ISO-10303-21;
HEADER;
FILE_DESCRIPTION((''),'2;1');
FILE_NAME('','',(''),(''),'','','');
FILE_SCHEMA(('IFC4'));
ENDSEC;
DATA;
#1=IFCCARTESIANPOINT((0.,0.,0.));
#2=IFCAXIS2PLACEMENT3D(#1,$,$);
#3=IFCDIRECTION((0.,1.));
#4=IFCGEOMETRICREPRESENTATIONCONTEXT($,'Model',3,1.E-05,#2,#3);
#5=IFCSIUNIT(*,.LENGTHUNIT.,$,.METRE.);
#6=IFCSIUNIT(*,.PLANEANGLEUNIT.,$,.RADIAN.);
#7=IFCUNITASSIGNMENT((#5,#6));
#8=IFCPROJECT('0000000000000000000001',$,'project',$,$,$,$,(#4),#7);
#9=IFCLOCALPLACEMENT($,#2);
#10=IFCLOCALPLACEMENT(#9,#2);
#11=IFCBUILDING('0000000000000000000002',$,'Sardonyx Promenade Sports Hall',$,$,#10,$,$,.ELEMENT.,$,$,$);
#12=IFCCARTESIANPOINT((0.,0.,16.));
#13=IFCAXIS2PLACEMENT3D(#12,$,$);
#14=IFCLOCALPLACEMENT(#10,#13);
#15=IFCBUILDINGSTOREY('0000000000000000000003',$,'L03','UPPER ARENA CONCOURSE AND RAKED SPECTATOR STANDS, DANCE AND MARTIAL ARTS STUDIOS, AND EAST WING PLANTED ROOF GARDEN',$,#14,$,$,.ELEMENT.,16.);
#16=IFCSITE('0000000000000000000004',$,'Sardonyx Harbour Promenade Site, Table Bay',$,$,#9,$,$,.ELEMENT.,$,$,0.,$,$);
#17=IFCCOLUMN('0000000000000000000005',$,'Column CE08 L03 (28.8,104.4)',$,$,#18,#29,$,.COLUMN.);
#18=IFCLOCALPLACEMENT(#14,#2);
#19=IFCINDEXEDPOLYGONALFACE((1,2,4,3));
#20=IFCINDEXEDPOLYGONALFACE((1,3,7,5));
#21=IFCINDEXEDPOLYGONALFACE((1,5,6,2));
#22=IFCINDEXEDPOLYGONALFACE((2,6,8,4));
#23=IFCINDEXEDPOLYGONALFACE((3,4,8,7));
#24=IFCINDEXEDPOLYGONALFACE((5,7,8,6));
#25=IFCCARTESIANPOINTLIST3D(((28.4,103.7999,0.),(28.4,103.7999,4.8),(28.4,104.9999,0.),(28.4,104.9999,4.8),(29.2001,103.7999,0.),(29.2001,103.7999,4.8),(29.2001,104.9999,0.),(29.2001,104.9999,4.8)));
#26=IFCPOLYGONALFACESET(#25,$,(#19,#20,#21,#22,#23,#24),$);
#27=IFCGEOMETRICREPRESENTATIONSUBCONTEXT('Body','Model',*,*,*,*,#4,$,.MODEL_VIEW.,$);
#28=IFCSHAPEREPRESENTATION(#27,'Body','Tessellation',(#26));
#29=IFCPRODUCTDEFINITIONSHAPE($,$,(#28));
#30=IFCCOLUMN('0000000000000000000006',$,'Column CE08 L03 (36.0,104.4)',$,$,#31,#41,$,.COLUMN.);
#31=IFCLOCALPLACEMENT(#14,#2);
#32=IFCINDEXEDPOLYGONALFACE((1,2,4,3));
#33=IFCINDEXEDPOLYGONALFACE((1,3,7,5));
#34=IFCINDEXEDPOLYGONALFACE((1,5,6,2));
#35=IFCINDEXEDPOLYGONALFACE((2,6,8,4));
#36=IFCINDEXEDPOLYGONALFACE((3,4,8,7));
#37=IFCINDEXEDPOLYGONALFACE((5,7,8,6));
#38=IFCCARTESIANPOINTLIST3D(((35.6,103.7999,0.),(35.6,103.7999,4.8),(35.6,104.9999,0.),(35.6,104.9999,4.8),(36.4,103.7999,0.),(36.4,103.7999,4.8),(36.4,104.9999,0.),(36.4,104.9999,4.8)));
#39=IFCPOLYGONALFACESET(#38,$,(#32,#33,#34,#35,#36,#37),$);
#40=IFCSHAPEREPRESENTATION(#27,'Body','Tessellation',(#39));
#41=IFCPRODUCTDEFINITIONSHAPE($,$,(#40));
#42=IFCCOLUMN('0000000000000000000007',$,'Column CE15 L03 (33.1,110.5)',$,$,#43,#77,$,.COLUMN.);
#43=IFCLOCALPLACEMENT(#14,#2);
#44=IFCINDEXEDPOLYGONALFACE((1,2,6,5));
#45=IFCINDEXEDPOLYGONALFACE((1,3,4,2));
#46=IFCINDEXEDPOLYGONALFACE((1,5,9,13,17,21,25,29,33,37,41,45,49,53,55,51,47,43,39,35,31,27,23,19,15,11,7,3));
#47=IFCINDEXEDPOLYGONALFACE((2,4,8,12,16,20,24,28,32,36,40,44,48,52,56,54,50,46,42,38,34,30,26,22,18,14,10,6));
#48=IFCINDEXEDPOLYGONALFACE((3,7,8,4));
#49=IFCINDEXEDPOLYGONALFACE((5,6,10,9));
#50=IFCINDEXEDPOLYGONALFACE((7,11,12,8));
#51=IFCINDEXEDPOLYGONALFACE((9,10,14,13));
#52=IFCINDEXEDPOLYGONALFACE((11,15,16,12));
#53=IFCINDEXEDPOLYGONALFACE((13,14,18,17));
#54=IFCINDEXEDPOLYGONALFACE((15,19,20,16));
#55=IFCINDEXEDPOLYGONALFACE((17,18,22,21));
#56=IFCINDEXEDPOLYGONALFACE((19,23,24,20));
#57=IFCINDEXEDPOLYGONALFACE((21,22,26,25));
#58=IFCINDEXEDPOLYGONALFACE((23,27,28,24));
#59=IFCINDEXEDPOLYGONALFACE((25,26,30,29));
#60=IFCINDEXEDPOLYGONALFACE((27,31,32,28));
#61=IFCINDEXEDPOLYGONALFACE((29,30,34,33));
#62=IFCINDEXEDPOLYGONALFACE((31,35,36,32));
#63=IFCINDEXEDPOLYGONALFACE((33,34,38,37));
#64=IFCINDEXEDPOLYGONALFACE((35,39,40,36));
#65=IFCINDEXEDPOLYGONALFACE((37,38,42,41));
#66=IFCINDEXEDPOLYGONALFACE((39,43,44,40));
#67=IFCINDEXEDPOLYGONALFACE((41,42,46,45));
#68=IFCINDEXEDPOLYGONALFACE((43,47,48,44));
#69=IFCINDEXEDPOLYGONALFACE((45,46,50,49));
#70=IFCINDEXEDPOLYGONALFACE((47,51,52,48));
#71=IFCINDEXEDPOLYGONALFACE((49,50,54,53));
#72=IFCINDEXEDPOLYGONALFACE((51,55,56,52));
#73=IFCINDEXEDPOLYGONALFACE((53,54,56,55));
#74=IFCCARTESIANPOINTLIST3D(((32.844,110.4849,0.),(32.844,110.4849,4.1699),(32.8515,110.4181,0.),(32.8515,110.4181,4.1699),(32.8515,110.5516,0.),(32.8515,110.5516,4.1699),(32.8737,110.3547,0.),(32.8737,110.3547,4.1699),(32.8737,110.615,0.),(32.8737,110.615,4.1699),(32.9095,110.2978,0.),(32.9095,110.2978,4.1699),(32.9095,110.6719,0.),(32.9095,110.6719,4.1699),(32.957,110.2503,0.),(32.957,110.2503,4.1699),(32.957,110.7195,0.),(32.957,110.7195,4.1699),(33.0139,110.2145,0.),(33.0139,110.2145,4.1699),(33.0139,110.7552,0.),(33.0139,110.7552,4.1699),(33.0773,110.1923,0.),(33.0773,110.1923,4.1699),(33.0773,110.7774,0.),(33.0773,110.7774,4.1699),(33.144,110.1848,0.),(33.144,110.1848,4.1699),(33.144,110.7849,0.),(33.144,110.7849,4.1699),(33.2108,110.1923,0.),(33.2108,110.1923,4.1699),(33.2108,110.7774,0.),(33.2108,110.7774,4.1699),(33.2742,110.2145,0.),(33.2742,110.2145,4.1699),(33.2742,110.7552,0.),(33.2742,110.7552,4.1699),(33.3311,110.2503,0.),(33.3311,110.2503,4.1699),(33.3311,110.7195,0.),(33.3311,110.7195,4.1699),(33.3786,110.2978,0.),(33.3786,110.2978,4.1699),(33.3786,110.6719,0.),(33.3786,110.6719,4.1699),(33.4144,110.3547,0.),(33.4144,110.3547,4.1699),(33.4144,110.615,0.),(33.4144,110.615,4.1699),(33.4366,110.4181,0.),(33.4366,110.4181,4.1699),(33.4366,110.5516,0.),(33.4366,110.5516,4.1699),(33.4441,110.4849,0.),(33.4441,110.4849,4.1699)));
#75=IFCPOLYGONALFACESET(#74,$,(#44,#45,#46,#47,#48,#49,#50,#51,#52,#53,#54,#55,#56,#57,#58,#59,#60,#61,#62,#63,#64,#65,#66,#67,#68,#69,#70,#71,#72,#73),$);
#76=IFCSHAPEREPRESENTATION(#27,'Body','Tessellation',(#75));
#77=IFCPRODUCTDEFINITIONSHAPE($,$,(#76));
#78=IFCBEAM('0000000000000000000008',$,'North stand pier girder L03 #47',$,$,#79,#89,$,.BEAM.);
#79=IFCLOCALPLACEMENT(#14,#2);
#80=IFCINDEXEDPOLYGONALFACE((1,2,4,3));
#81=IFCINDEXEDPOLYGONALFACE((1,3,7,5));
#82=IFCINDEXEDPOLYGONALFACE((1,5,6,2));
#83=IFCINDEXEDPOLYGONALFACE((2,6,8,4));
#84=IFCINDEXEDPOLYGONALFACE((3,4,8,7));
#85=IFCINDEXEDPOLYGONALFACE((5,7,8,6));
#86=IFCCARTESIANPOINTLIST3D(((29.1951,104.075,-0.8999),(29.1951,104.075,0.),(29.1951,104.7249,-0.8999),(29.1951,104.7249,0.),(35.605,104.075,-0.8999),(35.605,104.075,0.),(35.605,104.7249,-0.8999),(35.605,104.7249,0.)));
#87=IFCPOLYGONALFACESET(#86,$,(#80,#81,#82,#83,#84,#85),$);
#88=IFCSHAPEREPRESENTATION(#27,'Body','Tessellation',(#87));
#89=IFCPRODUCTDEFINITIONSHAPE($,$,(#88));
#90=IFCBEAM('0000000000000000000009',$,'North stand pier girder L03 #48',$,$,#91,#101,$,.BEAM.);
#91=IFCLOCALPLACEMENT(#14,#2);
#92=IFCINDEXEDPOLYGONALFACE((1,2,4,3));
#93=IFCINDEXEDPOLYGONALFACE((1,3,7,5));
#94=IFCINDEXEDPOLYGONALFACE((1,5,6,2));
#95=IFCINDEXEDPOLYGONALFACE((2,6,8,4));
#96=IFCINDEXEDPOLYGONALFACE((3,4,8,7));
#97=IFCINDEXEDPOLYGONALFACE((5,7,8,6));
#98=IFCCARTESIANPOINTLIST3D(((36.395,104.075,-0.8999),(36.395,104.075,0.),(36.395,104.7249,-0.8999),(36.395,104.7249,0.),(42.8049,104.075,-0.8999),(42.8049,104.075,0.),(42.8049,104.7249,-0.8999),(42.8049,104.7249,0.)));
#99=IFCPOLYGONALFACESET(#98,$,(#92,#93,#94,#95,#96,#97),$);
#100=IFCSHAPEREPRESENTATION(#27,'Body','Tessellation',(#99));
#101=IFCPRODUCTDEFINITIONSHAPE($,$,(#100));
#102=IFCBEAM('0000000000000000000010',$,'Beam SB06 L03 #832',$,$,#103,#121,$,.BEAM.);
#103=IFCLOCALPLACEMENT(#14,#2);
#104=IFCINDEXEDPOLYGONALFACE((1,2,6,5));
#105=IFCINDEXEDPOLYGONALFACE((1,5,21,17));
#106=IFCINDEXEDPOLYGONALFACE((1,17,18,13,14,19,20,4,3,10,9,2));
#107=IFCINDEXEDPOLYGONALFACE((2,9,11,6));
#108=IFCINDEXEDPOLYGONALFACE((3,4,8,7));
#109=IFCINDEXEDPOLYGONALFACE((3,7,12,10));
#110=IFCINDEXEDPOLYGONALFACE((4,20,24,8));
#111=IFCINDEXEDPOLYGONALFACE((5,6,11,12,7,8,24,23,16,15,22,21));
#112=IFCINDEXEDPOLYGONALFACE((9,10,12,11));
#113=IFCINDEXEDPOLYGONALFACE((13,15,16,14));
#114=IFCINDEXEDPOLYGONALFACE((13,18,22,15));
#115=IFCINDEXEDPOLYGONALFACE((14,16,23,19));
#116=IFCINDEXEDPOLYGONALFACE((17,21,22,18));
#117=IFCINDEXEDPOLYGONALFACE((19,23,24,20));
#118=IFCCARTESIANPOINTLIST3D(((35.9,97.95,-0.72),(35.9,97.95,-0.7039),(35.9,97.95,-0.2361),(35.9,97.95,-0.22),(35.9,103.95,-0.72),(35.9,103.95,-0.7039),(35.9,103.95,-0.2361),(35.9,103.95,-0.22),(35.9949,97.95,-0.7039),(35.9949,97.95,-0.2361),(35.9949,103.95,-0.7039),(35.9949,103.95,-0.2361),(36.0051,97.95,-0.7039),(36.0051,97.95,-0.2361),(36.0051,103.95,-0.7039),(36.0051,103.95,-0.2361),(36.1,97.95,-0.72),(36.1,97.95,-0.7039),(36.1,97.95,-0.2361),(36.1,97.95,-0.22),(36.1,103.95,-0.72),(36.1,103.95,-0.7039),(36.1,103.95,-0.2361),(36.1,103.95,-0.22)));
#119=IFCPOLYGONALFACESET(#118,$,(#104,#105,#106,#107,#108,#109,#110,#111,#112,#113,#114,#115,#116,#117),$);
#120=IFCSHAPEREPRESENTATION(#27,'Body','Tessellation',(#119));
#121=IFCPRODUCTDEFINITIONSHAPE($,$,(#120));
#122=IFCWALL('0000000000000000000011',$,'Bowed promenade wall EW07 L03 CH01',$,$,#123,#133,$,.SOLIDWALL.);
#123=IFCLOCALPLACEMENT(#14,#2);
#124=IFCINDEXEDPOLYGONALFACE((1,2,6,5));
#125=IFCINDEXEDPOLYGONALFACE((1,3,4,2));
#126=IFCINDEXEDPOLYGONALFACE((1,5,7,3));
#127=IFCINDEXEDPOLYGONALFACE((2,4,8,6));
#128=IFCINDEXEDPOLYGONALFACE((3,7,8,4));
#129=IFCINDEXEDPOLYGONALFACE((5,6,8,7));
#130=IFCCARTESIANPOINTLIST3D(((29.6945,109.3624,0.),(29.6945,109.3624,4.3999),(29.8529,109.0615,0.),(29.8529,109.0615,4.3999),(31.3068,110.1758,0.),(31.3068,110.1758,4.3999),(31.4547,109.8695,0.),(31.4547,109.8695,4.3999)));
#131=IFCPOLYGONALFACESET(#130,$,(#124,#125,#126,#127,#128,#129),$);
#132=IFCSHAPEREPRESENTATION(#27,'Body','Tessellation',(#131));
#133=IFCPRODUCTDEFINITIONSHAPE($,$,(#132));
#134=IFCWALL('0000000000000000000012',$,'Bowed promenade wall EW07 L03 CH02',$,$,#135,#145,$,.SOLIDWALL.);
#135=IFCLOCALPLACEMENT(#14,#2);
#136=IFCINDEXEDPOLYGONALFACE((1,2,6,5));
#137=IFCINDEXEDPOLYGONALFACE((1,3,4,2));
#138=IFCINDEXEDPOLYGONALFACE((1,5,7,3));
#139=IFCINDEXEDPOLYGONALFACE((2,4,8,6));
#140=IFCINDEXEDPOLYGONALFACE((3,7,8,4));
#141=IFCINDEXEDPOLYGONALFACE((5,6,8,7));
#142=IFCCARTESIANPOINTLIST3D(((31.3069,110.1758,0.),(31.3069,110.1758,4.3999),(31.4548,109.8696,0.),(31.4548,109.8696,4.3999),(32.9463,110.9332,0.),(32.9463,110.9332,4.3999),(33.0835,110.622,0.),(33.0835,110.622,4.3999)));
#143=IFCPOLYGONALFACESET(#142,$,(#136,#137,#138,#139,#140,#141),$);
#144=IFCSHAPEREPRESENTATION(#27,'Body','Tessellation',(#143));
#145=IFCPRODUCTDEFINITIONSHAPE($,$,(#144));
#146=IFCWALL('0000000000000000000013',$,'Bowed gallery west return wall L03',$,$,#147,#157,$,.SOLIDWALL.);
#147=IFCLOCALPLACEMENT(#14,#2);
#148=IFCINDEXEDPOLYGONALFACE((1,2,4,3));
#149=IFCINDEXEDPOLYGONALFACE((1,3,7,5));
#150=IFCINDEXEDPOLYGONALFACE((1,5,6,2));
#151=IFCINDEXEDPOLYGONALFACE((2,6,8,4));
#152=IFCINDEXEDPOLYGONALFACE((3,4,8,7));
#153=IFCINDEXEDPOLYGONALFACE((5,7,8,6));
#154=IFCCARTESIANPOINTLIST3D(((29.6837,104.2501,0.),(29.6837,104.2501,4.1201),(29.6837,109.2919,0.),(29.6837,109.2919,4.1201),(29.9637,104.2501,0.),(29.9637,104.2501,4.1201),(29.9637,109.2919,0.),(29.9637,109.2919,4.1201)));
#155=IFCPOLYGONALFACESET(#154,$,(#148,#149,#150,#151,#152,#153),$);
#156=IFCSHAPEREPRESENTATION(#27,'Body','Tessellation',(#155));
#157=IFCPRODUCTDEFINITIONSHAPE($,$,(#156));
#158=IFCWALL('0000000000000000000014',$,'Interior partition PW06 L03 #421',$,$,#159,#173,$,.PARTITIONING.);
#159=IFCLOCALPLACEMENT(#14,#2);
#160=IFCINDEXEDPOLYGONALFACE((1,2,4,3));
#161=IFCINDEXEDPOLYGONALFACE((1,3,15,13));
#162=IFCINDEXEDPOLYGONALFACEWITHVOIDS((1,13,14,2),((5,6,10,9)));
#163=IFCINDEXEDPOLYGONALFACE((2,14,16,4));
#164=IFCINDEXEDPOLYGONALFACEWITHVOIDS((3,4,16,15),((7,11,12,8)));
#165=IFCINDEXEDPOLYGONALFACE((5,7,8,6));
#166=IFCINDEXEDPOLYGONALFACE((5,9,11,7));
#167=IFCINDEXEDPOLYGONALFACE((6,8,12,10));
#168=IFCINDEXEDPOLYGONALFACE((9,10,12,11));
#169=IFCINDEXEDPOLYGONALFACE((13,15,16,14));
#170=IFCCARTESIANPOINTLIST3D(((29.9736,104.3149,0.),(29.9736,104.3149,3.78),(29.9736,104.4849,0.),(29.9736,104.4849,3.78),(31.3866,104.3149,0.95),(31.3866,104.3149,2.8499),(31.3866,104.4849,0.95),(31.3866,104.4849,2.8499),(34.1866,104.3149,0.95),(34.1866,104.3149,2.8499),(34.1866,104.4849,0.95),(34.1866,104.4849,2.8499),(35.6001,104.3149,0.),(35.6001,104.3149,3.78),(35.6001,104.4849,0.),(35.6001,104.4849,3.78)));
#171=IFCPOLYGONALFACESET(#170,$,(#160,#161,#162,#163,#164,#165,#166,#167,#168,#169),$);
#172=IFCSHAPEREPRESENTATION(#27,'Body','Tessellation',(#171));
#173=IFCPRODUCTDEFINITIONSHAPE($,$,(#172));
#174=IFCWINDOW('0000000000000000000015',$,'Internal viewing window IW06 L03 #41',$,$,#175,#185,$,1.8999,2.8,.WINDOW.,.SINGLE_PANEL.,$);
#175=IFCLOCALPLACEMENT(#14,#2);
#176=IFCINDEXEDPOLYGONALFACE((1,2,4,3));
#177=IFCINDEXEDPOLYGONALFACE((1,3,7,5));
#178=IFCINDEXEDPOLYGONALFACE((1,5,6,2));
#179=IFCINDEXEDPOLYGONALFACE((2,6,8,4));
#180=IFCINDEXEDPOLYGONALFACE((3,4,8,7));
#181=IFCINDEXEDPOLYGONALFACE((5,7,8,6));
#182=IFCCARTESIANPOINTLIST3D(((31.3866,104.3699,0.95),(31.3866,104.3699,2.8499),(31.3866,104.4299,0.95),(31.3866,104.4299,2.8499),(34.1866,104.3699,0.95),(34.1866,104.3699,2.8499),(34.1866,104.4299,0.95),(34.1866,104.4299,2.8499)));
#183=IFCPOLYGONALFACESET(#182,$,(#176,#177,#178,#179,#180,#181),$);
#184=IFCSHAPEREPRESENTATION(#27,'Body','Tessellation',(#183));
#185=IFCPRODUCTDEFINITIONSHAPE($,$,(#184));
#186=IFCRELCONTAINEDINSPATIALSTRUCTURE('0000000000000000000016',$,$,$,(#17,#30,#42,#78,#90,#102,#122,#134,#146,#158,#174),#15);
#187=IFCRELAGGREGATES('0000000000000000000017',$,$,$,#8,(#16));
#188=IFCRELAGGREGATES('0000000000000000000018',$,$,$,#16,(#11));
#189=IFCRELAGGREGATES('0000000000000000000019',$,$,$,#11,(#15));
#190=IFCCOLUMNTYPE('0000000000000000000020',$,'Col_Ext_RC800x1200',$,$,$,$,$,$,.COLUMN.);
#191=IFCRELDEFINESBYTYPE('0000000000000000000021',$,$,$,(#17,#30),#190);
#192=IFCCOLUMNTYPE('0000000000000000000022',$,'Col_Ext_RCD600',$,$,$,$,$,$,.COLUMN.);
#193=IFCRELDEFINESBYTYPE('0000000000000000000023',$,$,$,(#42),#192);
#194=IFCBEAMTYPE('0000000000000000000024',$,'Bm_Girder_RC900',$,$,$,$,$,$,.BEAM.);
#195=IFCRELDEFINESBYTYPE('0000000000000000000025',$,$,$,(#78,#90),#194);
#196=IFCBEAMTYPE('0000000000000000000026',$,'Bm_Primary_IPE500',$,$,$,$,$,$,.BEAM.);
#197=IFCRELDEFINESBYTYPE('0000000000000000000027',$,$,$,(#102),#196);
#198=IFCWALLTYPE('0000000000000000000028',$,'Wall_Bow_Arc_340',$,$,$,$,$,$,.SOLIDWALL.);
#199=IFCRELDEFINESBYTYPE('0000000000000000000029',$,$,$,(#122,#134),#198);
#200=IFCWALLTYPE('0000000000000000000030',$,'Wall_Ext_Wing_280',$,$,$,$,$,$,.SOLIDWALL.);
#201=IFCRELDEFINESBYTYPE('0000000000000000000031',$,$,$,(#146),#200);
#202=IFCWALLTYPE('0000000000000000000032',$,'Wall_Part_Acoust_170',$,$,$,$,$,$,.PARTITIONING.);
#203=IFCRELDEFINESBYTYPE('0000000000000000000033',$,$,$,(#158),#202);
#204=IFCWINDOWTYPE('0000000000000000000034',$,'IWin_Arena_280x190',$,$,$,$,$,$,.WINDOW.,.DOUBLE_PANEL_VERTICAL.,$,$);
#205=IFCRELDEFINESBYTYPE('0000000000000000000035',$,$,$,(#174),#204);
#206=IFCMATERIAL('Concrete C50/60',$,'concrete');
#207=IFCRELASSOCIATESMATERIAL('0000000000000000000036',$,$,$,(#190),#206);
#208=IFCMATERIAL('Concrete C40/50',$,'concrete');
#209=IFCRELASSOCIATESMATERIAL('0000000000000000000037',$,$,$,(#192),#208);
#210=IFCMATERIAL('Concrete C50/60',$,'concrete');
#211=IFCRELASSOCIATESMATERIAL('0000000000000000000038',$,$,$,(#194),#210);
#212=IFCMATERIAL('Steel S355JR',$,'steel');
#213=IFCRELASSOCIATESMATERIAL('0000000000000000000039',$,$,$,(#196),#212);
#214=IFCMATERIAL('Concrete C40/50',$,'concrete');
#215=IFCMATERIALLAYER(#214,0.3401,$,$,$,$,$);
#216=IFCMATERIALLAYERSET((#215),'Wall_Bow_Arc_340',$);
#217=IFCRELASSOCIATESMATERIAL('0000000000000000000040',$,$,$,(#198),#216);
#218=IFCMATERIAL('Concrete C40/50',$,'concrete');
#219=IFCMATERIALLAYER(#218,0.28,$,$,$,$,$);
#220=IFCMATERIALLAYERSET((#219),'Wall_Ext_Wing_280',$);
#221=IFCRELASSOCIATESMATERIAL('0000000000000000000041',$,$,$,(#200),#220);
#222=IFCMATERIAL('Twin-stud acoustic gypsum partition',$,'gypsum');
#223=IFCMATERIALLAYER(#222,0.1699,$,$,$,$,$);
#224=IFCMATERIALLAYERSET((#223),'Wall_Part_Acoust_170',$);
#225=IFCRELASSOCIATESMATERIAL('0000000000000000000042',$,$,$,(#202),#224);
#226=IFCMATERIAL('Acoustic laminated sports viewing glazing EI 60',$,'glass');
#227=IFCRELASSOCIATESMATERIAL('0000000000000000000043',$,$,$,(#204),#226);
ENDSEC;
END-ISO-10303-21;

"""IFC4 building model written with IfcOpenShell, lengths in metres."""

from ifc_helpers import new_model, si_unit, direction, frame, frame_2d, origin, origin_2d, place, context, subcontext, project, spatial, polyline, rectangle, circle, i_section, outline, extrude, material, layer, layer_set, material_profile, profile_set, type_object, element, fill, save


model = new_model("IFC4")

# Units and contexts
model_context = context("Model", 3, precision=1e-05, world=origin(), true_north=direction((0.0, 1.0)))
body_context = subcontext(model_context, "Body", "Model", "MODEL_VIEW")
ifc_project = project(units=[si_unit("LENGTHUNIT", "METRE"), si_unit("PLANEANGLEUNIT", "RADIAN")], contexts=[model_context])

# Site, building, storey
site_placement = place(None, origin())
site = spatial("IfcSite", under=ifc_project, at=site_placement, Name="Sardonyx Harbour Promenade Site, Table Bay", CompositionType="ELEMENT", RefElevation=0.0)
building_placement = place(site_placement, origin())
building = spatial("IfcBuilding", under=site, at=building_placement, Name="Sardonyx Promenade Sports Hall", CompositionType="ELEMENT")
storey_placement = place(building_placement, frame((0.0, 0.0, 16.0)))
storey = spatial("IfcBuildingStorey", under=building, at=storey_placement, Name="L03", Description="UPPER ARENA CONCOURSE AND RAKED SPECTATOR STANDS, DANCE AND MARTIAL ARTS STUDIOS, AND EAST WING PLANTED ROOF GARDEN", CompositionType="ELEMENT", Elevation=16.0)

# Columns
ifc_material_1 = material(Name="Concrete C50/60", Category="concrete")
ifc_material_profile_1 = material_profile(ifc_material_1, rectangle(XDim=0.8, YDim=1.2, at=origin_2d()))
ifc_profile_set_1 = profile_set([ifc_material_profile_1], Name="Concrete C50/60")
column_type_1 = type_object("IfcColumnType", Name="Col_Ext_RC800x1200", PredefinedType="COLUMN", material=ifc_profile_set_1)
for number, where, z_axis, x_axis, name in (
    (1, (28.8, 104.3999, 0.0), (0.0, 0.0, 1.0), (1.0, 0.0, 0.0), "Column CE08 L03 (28.8,104.4)"),
    (2, (36.0, 104.3999, 0.0), (0.0, 0.0, 1.0), (1.0, 0.0, 0.0), "Column CE08 L03 (36.0,104.4)"),
):
    element("IfcColumn", number, at=place(storey_placement, frame(where, z_axis=z_axis, x_axis=x_axis)), inside=storey, type_object=column_type_1, Name=name, PredefinedType="COLUMN", context=body_context, shape_type="SweptSolid", body=[
        extrude(rectangle(XDim=0.8, YDim=1.2, at=origin_2d()), origin(), (0.0, 0.0, 1.0), 4.8),
    ])
ifc_material_2 = material(Name="Concrete C40/50", Category="concrete")
ifc_material_profile_2 = material_profile(ifc_material_2, circle(Radius=0.3, at=origin_2d()))
ifc_profile_set_2 = profile_set([ifc_material_profile_2], Name="Concrete C40/50")
column_type_2 = type_object("IfcColumnType", Name="Col_Ext_RCD600", PredefinedType="COLUMN", material=ifc_profile_set_2)
column_placement = place(storey_placement, frame((33.144, 110.4849, 0.0), z_axis=(0.0, 0.0, 1.0), x_axis=(1.0, 0.0, 0.0)))
element("IfcColumn", 3, at=column_placement, inside=storey, type_object=column_type_2, Name="Column CE15 L03 (33.1,110.5)", PredefinedType="COLUMN", context=body_context, shape_type="SweptSolid", body=[
    extrude(circle(Radius=0.3, at=origin_2d()), origin(), (0.0, 0.0, 1.0), 4.1699),
])

# Beams
ifc_material_3 = material(Name="Concrete C50/60", Category="concrete")
ifc_material_profile_3 = material_profile(ifc_material_3, rectangle(XDim=0.6499, YDim=0.8999, at=origin_2d()))
ifc_profile_set_3 = profile_set([ifc_material_profile_3], Name="Concrete C50/60")
beam_type_1 = type_object("IfcBeamType", Name="Bm_Girder_RC900", PredefinedType="BEAM", material=ifc_profile_set_3)
for number, where, z_axis, x_axis, name in (
    (4, (29.1951, 104.3999, -0.45), (1.0, 0.0, 0.0), (0.0, 1.0, 0.0), "North stand pier girder L03 #47"),
    (5, (36.395, 104.3999, -0.45), (1.0, 0.0, 0.0), (0.0, 1.0, 0.0), "North stand pier girder L03 #48"),
):
    element("IfcBeam", number, at=place(storey_placement, frame(where, z_axis=z_axis, x_axis=x_axis)), inside=storey, type_object=beam_type_1, Name=name, PredefinedType="BEAM", context=body_context, shape_type="SweptSolid", body=[
        extrude(rectangle(XDim=0.6499, YDim=0.8999, at=origin_2d()), origin(), (0.0, 0.0, 1.0), 6.4099),
    ])
ifc_material_4 = material(Name="Steel S355JR", Category="steel")
ifc_material_profile_4 = material_profile(ifc_material_4, i_section(OverallWidth=0.2, OverallDepth=0.5, WebThickness=0.0103, FlangeThickness=0.0161, at=origin_2d()))
ifc_profile_set_4 = profile_set([ifc_material_profile_4], Name="Steel S355JR")
beam_type_2 = type_object("IfcBeamType", Name="Bm_Primary_IPE500", PredefinedType="BEAM", material=ifc_profile_set_4)
beam_placement = place(storey_placement, frame((36.0, 97.95, -0.47), z_axis=(0.0, 1.0, 0.0), x_axis=(-1.0, 0.0, 0.0)))
element("IfcBeam", 6, at=beam_placement, inside=storey, type_object=beam_type_2, Name="Beam SB06 L03 #832", PredefinedType="BEAM", context=body_context, shape_type="SweptSolid", body=[
    extrude(i_section(OverallWidth=0.2, OverallDepth=0.5, WebThickness=0.0103, FlangeThickness=0.0161, at=origin_2d()), origin(), (0.0, 0.0, 1.0), 6.0),
])

# Walls
ifc_material_5 = material(Name="Concrete C40/50", Category="concrete")
ifc_layer_1 = layer(ifc_material_5, 0.3401)
ifc_layer_set_1 = layer_set([ifc_layer_1], Name="Wall_Bow_Arc_340")
wall_type_1 = type_object("IfcWallType", Name="Wall_Bow_Arc_340", PredefinedType="SOLIDWALL", material=ifc_layer_set_1)
for number, where, z_axis, x_axis, name in (
    (7, (29.7737, 109.2119, 0.0), (0.0, 0.0, 1.0), (0.892821, 0.450411, 0.0), "Bowed promenade wall EW07 L03 CH01"),
    (8, (31.3809, 110.0227, 0.0), (0.0, 0.0, 1.0), (0.907808, 0.419385, 0.0), "Bowed promenade wall EW07 L03 CH02"),
):
    element("IfcWall", number, at=place(storey_placement, frame(where, z_axis=z_axis, x_axis=x_axis)), inside=storey, type_object=wall_type_1, Name=name, PredefinedType="SOLIDWALL", context=body_context, shape_type="SweptSolid", body=[
        extrude(outline(polyline([(0.0029, -0.17), (1.7971, -0.17), (1.8029, 0.17), (-0.0029, 0.17), (0.0029, -0.17)])), origin(), (0.0, 0.0, 1.0), 4.3999),
    ])
ifc_material_6 = material(Name="Concrete C40/50", Category="concrete")
ifc_layer_2 = layer(ifc_material_6, 0.28)
ifc_layer_set_2 = layer_set([ifc_layer_2], Name="Wall_Ext_Wing_280")
wall_type_2 = type_object("IfcWallType", Name="Wall_Ext_Wing_280", PredefinedType="SOLIDWALL", material=ifc_layer_set_2)
wall_1_placement = place(storey_placement, frame((29.8237, 104.25, 0.0), z_axis=(0.0, 0.0, 1.0), x_axis=(0.0, 1.0, 0.0)))
element("IfcWall", 9, at=wall_1_placement, inside=storey, type_object=wall_type_2, Name="Bowed gallery west return wall L03", PredefinedType="SOLIDWALL", context=body_context, shape_type="SweptSolid", body=[
    extrude(rectangle(XDim=5.0417, YDim=0.28, at=frame_2d((2.521, 0.0))), origin(), (0.0, 0.0, 1.0), 4.1201),
])

# Wall, opening, window
ifc_material_7 = material(Name="Twin-stud acoustic gypsum partition", Category="gypsum")
ifc_layer_3 = layer(ifc_material_7, 0.1699)
ifc_layer_set_3 = layer_set([ifc_layer_3], Name="Wall_Part_Acoust_170")
wall_type_3 = type_object("IfcWallType", Name="Wall_Part_Acoust_170", PredefinedType="PARTITIONING", material=ifc_layer_set_3)
wall_2_placement = place(storey_placement, frame((29.9736, 104.3999, 0.0), z_axis=(0.0, 0.0, 1.0), x_axis=(1.0, 0.0, 0.0)))
wall_2 = element("IfcWall", 10, at=wall_2_placement, inside=storey, type_object=wall_type_3, Name="Interior partition PW06 L03 #421", PredefinedType="PARTITIONING", context=body_context, shape_type="SweptSolid", body=[
    extrude(rectangle(XDim=5.6265, YDim=0.1699, at=frame_2d((2.8132, 0.0))), origin(), (0.0, 0.0, 1.0), 3.78),
])
opening_1_placement = place(wall_2_placement, frame((1.4131, 0.0, 0.95)))
opening_1 = element("IfcOpeningElement", 11, at=opening_1_placement, cuts=wall_2, PredefinedType="OPENING", context=body_context, shape_type="SweptSolid", body=[
    extrude(rectangle(XDim=2.8, YDim=1.8999, at=frame_2d((1.3999, 0.95))), frame((0.0, 0.095, 0.0), z_axis=(0.0, -1.0, 0.0), x_axis=(1.0, 0.0, 0.0)), (0.0, 0.0, 1.0), 0.19),
])
ifc_material_8 = material(Name="Acoustic laminated sports viewing glazing EI 60", Category="glass")
window_type = type_object("IfcWindowType", Name="IWin_Arena_280x190", PartitioningType="DOUBLE_PANEL_VERTICAL", PredefinedType="WINDOW", material=ifc_material_8)
window_placement = place(opening_1_placement, origin())
window = element("IfcWindow", 12, at=window_placement, inside=storey, type_object=window_type, Name="Internal viewing window IW06 L03 #41", OverallHeight=1.8999, OverallWidth=2.8, PartitioningType="SINGLE_PANEL", PredefinedType="WINDOW", context=body_context, shape_type="SweptSolid", body=[
    extrude(rectangle(XDim=2.8, YDim=1.8999, at=frame_2d((1.3999, 0.95))), frame((0.0, 0.03, 0.0), z_axis=(0.0, -1.0, 0.0), x_axis=(1.0, 0.0, 0.0)), (0.0, 0.0, 1.0), 0.0601),
])
fill(opening_1, window)

save(model, "model.ifc")
